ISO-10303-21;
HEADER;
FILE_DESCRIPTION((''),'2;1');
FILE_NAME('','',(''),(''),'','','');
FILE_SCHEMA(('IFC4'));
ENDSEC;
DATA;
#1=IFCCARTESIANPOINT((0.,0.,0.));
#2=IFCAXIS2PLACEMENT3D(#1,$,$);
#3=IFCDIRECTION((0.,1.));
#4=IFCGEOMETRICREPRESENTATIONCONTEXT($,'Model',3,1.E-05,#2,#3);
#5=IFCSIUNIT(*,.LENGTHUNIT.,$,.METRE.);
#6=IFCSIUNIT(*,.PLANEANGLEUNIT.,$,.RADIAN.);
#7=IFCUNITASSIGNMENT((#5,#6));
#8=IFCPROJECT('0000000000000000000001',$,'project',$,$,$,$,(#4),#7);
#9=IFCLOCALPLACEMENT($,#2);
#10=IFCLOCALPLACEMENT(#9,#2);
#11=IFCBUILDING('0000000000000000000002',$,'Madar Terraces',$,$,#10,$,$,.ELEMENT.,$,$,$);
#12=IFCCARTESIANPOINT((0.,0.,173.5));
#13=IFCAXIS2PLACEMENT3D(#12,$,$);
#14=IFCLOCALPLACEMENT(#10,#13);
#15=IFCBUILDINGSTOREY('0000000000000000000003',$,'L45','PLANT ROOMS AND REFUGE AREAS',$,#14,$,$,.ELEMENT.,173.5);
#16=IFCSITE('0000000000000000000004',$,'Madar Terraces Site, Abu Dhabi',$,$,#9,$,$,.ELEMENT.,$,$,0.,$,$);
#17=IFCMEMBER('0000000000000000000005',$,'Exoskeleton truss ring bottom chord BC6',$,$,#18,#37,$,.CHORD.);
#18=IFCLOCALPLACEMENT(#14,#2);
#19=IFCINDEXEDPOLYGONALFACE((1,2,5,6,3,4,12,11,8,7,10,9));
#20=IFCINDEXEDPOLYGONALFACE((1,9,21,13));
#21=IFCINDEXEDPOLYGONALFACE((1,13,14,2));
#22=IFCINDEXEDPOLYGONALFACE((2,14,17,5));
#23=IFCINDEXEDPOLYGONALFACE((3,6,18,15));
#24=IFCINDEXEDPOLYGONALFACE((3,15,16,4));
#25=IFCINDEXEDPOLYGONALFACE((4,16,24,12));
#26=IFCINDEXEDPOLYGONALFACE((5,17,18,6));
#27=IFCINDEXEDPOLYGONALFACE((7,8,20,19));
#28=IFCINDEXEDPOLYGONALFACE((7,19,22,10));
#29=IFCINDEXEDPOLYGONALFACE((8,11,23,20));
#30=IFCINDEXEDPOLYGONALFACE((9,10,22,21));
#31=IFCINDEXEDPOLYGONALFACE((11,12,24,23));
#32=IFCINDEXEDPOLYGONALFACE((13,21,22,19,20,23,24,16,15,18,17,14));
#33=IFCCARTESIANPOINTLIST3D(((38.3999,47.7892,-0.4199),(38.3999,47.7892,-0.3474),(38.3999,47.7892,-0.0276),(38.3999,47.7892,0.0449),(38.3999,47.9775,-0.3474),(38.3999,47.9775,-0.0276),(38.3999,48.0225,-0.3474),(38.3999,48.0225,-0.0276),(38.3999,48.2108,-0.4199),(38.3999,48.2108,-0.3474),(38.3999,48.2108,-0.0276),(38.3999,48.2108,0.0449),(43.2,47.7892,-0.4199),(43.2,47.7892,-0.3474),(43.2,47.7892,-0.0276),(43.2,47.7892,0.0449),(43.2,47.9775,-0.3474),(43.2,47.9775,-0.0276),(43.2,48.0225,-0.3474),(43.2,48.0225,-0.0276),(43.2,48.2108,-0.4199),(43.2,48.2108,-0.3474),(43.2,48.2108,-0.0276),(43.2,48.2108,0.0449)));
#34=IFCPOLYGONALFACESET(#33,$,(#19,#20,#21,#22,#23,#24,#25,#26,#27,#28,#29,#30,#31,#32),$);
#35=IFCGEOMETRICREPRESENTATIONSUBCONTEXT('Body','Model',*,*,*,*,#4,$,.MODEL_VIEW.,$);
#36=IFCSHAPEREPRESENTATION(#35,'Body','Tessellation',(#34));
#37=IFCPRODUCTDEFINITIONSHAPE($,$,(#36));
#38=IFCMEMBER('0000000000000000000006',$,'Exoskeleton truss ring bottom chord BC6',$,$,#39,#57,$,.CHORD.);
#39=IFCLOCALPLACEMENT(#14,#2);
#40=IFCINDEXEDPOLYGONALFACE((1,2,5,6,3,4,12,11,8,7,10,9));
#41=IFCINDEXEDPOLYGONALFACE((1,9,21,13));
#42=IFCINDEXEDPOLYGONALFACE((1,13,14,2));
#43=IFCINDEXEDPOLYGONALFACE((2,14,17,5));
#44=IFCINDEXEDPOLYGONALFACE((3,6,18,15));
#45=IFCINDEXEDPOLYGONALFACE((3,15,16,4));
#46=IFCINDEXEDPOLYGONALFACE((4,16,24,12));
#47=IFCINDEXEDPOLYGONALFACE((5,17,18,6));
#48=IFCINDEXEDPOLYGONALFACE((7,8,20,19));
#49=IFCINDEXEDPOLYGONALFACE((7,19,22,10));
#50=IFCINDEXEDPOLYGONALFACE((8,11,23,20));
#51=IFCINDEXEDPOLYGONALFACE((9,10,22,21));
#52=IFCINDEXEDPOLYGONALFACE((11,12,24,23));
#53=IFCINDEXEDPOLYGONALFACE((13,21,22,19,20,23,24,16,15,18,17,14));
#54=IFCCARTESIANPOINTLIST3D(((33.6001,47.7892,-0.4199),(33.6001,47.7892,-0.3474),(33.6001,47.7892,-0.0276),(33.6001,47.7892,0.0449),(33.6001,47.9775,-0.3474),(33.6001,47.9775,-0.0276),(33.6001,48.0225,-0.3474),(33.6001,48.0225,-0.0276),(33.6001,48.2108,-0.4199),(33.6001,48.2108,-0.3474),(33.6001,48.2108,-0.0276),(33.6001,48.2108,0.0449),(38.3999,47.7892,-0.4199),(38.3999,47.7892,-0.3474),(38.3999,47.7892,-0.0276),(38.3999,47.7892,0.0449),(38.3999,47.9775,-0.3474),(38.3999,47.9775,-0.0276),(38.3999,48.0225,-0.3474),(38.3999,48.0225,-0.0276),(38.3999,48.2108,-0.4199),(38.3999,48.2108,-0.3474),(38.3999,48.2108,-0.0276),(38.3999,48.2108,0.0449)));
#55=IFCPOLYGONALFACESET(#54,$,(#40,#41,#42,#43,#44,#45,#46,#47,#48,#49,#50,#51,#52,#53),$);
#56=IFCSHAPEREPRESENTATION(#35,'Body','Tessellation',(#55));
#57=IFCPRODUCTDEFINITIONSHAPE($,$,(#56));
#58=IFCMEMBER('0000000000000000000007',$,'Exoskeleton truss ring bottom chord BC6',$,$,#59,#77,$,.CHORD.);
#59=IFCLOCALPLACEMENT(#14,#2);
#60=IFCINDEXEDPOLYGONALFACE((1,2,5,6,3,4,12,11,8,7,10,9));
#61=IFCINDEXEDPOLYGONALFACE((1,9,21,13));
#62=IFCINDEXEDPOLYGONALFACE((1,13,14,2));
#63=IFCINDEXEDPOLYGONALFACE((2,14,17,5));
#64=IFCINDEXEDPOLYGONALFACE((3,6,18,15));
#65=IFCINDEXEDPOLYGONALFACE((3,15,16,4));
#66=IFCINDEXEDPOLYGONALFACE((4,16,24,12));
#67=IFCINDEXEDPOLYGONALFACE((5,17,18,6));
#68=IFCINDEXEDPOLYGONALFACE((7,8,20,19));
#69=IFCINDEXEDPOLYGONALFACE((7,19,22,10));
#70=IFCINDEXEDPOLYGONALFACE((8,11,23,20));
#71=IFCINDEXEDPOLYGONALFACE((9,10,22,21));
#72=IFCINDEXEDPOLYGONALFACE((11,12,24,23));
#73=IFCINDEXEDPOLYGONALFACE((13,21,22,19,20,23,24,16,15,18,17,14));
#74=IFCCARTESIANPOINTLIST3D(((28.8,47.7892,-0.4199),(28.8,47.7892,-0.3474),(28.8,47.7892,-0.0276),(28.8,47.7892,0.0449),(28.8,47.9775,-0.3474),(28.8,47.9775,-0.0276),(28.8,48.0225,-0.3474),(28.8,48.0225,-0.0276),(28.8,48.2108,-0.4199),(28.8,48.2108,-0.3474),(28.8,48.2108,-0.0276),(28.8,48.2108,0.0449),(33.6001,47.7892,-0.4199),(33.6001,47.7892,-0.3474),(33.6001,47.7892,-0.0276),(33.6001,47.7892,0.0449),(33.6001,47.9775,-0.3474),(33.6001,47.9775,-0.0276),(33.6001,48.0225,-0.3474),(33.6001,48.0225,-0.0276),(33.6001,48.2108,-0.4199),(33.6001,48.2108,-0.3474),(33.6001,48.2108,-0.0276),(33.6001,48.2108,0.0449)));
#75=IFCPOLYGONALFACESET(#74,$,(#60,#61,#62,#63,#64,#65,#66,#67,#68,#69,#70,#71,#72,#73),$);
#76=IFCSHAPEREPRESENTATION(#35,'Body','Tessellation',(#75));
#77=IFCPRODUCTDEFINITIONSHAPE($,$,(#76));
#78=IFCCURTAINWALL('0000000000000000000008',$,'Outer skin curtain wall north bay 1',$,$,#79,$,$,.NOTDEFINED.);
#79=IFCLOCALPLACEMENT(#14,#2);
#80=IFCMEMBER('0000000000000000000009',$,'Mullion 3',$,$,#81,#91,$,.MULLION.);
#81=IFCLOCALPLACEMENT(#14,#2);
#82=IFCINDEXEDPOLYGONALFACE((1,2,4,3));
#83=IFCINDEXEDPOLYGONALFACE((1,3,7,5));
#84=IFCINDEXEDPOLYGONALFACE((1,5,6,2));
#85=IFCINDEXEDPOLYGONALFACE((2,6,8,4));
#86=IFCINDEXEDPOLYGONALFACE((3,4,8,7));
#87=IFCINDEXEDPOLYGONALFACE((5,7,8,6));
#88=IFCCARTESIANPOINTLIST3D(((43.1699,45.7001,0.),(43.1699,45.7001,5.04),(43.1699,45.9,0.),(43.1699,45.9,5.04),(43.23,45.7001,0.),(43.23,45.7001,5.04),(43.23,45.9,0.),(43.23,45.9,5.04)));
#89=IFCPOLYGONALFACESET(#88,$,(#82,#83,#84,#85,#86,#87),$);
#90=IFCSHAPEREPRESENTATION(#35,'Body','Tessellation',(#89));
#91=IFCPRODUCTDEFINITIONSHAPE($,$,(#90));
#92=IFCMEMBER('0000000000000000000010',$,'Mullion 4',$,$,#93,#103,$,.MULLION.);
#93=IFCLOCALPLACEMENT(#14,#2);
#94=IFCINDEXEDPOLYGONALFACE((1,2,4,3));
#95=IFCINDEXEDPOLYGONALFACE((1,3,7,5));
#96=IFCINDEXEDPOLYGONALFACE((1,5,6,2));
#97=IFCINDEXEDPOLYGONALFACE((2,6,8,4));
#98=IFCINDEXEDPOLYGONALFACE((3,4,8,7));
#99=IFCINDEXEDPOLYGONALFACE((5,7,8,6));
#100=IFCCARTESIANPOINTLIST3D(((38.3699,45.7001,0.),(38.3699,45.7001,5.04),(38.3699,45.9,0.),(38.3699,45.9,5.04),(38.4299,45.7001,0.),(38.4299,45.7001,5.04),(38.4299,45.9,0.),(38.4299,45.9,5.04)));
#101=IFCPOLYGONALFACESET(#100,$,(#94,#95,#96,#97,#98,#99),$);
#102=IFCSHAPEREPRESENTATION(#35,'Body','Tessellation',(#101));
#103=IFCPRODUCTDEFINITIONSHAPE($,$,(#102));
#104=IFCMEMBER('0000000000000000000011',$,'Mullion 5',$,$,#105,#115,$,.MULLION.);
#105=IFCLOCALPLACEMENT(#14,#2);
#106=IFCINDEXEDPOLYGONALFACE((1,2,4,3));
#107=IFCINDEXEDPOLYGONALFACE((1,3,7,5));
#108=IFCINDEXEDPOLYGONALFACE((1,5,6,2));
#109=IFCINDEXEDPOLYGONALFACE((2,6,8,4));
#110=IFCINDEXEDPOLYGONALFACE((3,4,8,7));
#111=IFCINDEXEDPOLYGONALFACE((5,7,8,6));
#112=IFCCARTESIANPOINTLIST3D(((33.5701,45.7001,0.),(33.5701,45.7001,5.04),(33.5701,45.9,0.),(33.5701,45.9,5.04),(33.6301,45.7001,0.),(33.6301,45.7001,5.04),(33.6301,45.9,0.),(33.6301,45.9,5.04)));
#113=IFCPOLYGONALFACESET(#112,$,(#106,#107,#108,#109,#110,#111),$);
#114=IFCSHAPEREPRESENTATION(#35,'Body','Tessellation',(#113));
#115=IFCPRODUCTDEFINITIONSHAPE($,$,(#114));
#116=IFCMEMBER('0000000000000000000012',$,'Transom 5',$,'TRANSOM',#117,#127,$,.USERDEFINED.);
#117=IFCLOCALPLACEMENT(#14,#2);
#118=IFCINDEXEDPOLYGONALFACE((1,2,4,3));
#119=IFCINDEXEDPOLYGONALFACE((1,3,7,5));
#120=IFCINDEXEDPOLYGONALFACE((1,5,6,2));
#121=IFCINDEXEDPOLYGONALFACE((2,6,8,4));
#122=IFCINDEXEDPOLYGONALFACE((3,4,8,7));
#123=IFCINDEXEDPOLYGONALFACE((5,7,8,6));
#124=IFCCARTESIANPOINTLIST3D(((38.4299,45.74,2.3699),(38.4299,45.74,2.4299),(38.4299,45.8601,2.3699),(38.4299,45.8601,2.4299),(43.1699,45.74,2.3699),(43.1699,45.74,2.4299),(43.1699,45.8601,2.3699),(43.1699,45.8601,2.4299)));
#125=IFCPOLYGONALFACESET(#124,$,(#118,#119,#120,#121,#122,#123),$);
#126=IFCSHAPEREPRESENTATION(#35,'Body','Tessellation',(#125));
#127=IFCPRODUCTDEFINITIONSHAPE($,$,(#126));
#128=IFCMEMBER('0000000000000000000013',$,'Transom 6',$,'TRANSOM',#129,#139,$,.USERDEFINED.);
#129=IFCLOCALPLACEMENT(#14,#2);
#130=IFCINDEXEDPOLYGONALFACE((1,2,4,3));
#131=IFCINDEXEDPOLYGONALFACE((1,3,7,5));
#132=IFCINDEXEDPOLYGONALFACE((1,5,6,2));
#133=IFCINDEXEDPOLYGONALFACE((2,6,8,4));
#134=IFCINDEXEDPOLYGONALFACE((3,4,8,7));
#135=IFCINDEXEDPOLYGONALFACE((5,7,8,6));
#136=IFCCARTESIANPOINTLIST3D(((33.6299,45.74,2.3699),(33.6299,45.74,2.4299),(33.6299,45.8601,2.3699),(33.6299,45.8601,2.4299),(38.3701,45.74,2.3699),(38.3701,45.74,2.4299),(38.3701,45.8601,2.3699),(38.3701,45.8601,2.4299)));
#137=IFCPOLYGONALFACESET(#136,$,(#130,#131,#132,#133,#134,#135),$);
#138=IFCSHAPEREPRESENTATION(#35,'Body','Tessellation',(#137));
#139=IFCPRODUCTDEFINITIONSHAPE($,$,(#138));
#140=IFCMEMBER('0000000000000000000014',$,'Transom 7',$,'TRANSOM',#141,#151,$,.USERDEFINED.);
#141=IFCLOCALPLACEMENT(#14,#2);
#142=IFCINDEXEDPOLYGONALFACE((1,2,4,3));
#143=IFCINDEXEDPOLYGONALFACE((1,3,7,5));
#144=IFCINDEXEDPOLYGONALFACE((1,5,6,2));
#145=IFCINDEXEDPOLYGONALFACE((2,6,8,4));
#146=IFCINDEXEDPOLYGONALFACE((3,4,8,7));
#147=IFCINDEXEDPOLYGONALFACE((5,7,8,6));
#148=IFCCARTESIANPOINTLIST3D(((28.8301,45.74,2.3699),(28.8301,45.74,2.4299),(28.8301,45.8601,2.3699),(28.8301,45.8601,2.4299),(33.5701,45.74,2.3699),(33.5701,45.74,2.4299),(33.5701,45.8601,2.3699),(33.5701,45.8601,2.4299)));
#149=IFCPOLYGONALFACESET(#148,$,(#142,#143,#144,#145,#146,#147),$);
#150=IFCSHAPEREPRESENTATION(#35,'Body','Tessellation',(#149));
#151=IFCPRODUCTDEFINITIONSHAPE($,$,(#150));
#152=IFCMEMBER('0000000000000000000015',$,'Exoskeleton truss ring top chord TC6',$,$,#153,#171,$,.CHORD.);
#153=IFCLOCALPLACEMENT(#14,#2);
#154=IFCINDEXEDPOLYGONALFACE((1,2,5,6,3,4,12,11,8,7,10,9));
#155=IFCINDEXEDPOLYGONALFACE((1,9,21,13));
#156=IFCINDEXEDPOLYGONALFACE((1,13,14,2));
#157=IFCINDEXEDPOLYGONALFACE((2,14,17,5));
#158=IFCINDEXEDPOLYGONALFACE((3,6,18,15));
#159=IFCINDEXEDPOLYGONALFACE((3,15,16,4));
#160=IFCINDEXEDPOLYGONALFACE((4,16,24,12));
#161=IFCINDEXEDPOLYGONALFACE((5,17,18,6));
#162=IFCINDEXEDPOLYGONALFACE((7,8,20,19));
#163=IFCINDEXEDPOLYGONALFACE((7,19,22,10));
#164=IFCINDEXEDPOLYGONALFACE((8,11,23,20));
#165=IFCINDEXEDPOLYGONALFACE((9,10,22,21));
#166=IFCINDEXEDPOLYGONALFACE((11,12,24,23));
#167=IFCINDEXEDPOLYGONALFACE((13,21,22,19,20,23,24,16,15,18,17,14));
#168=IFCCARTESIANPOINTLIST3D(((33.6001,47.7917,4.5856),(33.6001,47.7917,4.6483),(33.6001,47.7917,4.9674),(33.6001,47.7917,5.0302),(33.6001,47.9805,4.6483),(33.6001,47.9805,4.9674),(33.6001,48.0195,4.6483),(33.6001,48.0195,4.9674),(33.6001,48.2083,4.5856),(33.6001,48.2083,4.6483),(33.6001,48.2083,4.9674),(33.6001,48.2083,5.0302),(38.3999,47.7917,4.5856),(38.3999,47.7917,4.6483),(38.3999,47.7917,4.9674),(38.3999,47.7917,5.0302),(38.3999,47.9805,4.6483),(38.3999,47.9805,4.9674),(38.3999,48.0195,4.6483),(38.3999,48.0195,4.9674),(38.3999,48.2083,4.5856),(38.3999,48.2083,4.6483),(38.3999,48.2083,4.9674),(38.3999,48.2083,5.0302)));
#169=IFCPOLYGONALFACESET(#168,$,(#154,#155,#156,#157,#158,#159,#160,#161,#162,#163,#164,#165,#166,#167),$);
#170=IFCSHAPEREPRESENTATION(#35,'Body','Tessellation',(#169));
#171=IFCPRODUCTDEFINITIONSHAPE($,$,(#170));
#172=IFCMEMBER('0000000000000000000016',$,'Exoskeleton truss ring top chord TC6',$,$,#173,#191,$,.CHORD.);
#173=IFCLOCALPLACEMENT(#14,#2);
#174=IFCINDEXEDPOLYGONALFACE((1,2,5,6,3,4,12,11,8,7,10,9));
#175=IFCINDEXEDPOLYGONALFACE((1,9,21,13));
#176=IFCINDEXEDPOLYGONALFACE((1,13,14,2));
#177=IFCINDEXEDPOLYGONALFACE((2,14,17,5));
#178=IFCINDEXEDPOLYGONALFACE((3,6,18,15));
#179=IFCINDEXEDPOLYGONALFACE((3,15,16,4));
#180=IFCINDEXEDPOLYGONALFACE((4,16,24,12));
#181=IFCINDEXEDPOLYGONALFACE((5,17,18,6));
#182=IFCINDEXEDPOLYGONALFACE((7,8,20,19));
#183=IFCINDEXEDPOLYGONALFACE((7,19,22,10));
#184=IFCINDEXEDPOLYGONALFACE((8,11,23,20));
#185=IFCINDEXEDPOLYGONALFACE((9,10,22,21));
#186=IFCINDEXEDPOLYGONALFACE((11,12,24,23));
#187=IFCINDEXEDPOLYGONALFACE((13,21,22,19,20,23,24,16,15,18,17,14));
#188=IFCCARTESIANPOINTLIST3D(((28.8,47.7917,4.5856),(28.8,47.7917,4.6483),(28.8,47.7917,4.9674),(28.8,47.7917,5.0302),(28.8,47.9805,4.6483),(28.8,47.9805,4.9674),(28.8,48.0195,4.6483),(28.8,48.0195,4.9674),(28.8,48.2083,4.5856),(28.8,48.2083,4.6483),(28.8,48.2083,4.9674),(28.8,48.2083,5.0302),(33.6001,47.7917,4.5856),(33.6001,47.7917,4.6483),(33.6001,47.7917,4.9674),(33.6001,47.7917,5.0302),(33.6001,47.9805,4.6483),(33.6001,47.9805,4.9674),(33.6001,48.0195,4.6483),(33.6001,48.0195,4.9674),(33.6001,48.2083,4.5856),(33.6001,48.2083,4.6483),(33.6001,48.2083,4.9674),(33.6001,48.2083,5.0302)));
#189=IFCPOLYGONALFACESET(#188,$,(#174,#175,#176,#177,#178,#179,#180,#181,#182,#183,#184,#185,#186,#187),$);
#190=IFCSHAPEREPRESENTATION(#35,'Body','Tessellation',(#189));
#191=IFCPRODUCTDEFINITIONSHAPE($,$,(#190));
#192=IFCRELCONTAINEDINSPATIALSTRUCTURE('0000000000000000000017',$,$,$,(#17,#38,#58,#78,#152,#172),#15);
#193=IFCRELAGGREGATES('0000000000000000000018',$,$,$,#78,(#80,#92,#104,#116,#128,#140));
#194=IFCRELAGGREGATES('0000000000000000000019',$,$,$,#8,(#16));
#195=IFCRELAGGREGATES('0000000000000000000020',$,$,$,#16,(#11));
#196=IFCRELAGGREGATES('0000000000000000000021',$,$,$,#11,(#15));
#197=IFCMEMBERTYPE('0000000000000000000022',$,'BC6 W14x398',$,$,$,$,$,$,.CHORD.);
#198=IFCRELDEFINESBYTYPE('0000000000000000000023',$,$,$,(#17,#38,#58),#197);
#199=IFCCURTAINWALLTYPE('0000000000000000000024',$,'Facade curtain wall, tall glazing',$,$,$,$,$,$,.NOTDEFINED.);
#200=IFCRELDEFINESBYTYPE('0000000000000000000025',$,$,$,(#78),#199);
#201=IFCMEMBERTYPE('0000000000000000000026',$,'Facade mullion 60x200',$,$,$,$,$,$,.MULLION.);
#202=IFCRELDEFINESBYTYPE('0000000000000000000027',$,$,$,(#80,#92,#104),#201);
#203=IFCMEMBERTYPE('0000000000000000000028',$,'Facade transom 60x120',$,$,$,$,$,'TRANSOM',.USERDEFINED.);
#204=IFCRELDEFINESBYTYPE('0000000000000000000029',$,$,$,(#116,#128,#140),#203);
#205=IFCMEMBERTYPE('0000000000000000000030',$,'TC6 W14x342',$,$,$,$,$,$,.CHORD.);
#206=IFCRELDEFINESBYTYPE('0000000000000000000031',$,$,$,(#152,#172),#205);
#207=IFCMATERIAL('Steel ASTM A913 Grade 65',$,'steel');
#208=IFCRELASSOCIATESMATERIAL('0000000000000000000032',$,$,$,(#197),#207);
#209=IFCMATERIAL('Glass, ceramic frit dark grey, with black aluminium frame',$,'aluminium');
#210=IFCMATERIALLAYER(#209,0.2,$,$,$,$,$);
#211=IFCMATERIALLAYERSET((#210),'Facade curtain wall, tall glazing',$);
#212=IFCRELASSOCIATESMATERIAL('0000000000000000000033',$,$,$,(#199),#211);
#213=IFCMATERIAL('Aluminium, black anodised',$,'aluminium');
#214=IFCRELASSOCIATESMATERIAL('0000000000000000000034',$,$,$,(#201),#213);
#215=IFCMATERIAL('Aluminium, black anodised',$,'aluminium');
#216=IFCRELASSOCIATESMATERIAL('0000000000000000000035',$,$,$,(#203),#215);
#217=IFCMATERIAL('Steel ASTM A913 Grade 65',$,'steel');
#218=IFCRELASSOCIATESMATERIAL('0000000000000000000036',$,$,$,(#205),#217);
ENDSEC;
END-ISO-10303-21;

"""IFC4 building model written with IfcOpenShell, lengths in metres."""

from ifc_helpers import new_model, si_unit, direction, frame, origin, origin_2d, place, context, subcontext, project, spatial, rectangle, i_section, extrude, material, layer, layer_set, material_profile, profile_set, type_object, element, aggregate, save


model = new_model("IFC4")

# Units and contexts
model_context = context("Model", 3, precision=1e-05, world=origin(), true_north=direction((0.0, 1.0)))
body_context = subcontext(model_context, "Body", "Model", "MODEL_VIEW")
ifc_project = project(units=[si_unit("LENGTHUNIT", "METRE"), si_unit("PLANEANGLEUNIT", "RADIAN")], contexts=[model_context])

# Site, building, storey
site_placement = place(None, origin())
site = spatial("IfcSite", under=ifc_project, at=site_placement, Name="Madar Terraces Site, Abu Dhabi", CompositionType="ELEMENT", RefElevation=0.0)
building_placement = place(site_placement, origin())
building = spatial("IfcBuilding", under=site, at=building_placement, Name="Madar Terraces", CompositionType="ELEMENT")
storey_placement = place(building_placement, frame((0.0, 0.0, 173.5)))
storey = spatial("IfcBuildingStorey", under=building, at=storey_placement, Name="L45", Description="PLANT ROOMS AND REFUGE AREAS", CompositionType="ELEMENT", Elevation=173.5)

# Members
ifc_material_1 = material(Name="Steel ASTM A913 Grade 65", Category="steel")
ifc_material_profile_1 = material_profile(ifc_material_1, i_section(OverallWidth=0.4216, OverallDepth=0.4648, WebThickness=0.0449, FlangeThickness=0.0725, at=origin_2d()), Name="W14x398")
ifc_profile_set_1 = profile_set([ifc_material_profile_1], Name="Steel ASTM A913 Grade 65")
member_type_1 = type_object("IfcMemberType", Name="BC6 W14x398", PredefinedType="CHORD", material=ifc_profile_set_1)
member_1_placement = place(storey_placement, frame((43.2, 48.0, -0.1875), z_axis=(-1.0, 0.0, 0.0), x_axis=(0.0, -1.0, 0.0)))
element("IfcMember", 1, at=member_1_placement, inside=storey, type_object=member_type_1, Name="Exoskeleton truss ring bottom chord BC6", PredefinedType="CHORD", context=body_context, shape_type="SweptSolid", body=[
    extrude(i_section(OverallWidth=0.4216, OverallDepth=0.4648, WebThickness=0.0449, FlangeThickness=0.0725, at=origin_2d()), origin(), (0.0, 0.0, 1.0), 4.8),
])
member_2_placement = place(storey_placement, frame((38.3999, 48.0, -0.1875), z_axis=(-1.0, 0.0, 0.0), x_axis=(0.0, -1.0, 0.0)))
element("IfcMember", 2, at=member_2_placement, inside=storey, type_object=member_type_1, Name="Exoskeleton truss ring bottom chord BC6", PredefinedType="CHORD", context=body_context, shape_type="SweptSolid", body=[
    extrude(i_section(OverallWidth=0.4216, OverallDepth=0.4648, WebThickness=0.0449, FlangeThickness=0.0725, at=origin_2d()), origin(), (0.0, 0.0, 1.0), 4.7998),
])
member_3_placement = place(storey_placement, frame((33.6001, 48.0, -0.1875), z_axis=(-1.0, 0.0, 0.0), x_axis=(0.0, -1.0, 0.0)))
element("IfcMember", 3, at=member_3_placement, inside=storey, type_object=member_type_1, Name="Exoskeleton truss ring bottom chord BC6", PredefinedType="CHORD", context=body_context, shape_type="SweptSolid", body=[
    extrude(i_section(OverallWidth=0.4216, OverallDepth=0.4648, WebThickness=0.0449, FlangeThickness=0.0725, at=origin_2d()), origin(), (0.0, 0.0, 1.0), 4.8),
])

# Curtain wall, members
ifc_material_2 = material(Name="Glass, ceramic frit dark grey, with black aluminium frame", Category="aluminium")
ifc_layer_1 = layer(ifc_material_2, 0.2)
ifc_layer_set_1 = layer_set([ifc_layer_1], Name="Facade curtain wall, tall glazing")
curtain_wall_type = type_object("IfcCurtainWallType", Name="Facade curtain wall, tall glazing", PredefinedType="NOTDEFINED", material=ifc_layer_set_1)
curtain_wall_placement = place(storey_placement, origin())
curtain_wall = element("IfcCurtainWall", 4, at=curtain_wall_placement, inside=storey, type_object=curtain_wall_type, Name="Outer skin curtain wall north bay 1", PredefinedType="NOTDEFINED")
ifc_material_3 = material(Name="Aluminium, black anodised", Category="aluminium")
ifc_material_profile_2 = material_profile(ifc_material_3, rectangle(XDim=0.2, YDim=0.0601, at=origin_2d()), Name="Facade mullion 60x200")
ifc_profile_set_2 = profile_set([ifc_material_profile_2], Name="Aluminium, black anodised")
member_type_2 = type_object("IfcMemberType", Name="Facade mullion 60x200", PredefinedType="MULLION", material=ifc_profile_set_2)
member_4_placement = place(storey_placement, frame((43.2, 45.8, 0.0), z_axis=(0.0, 0.0, 1.0), x_axis=(0.0, -1.0, 0.0)))
member_4 = element("IfcMember", 5, at=member_4_placement, type_object=member_type_2, Name="Mullion 3", PredefinedType="MULLION", context=body_context, shape_type="SweptSolid", body=[
    extrude(rectangle(XDim=0.2, YDim=0.0601, at=origin_2d()), origin(), (0.0, 0.0, 1.0), 5.04),
])
member_5_placement = place(storey_placement, frame((38.3999, 45.8, 0.0), z_axis=(0.0, 0.0, 1.0), x_axis=(0.0, -1.0, 0.0)))
member_5 = element("IfcMember", 6, at=member_5_placement, type_object=member_type_2, Name="Mullion 4", PredefinedType="MULLION", context=body_context, shape_type="SweptSolid", body=[
    extrude(rectangle(XDim=0.2, YDim=0.0601, at=origin_2d()), origin(), (0.0, 0.0, 1.0), 5.04),
])
member_6_placement = place(storey_placement, frame((33.6001, 45.8, 0.0), z_axis=(0.0, 0.0, 1.0), x_axis=(0.0, -1.0, 0.0)))
member_6 = element("IfcMember", 7, at=member_6_placement, type_object=member_type_2, Name="Mullion 5", PredefinedType="MULLION", context=body_context, shape_type="SweptSolid", body=[
    extrude(rectangle(XDim=0.2, YDim=0.0601, at=origin_2d()), origin(), (0.0, 0.0, 1.0), 5.04),
])
ifc_material_4 = material(Name="Aluminium, black anodised", Category="aluminium")
ifc_material_profile_3 = material_profile(ifc_material_4, rectangle(XDim=0.1201, YDim=0.0601, at=origin_2d()), Name="Facade transom 60x120")
ifc_profile_set_3 = profile_set([ifc_material_profile_3], Name="Aluminium, black anodised")
member_type_3 = type_object("IfcMemberType", Name="Facade transom 60x120", ElementType="TRANSOM", PredefinedType="USERDEFINED", material=ifc_profile_set_3)
member_7_placement = place(storey_placement, frame((43.1699, 45.8, 2.3999), z_axis=(-1.0, 0.0, 0.0), x_axis=(0.0, -1.0, 0.0)))
member_7 = element("IfcMember", 8, at=member_7_placement, type_object=member_type_3, Name="Transom 5", ObjectType="TRANSOM", PredefinedType="USERDEFINED", context=body_context, shape_type="SweptSolid", body=[
    extrude(rectangle(XDim=0.1201, YDim=0.0601, at=origin_2d()), origin(), (0.0, 0.0, 1.0), 4.74),
])
member_8_placement = place(storey_placement, frame((38.3701, 45.8, 2.3999), z_axis=(-1.0, 0.0, 0.0), x_axis=(0.0, -1.0, 0.0)))
member_8 = element("IfcMember", 9, at=member_8_placement, type_object=member_type_3, Name="Transom 6", ObjectType="TRANSOM", PredefinedType="USERDEFINED", context=body_context, shape_type="SweptSolid", body=[
    extrude(rectangle(XDim=0.1201, YDim=0.0601, at=origin_2d()), origin(), (0.0, 0.0, 1.0), 4.7402),
])
member_9_placement = place(storey_placement, frame((33.5701, 45.8, 2.3999), z_axis=(-1.0, 0.0, 0.0), x_axis=(0.0, -1.0, 0.0)))
member_9 = element("IfcMember", 10, at=member_9_placement, type_object=member_type_3, Name="Transom 7", ObjectType="TRANSOM", PredefinedType="USERDEFINED", context=body_context, shape_type="SweptSolid", body=[
    extrude(rectangle(XDim=0.1201, YDim=0.0601, at=origin_2d()), origin(), (0.0, 0.0, 1.0), 4.74),
])

# Members
ifc_material_5 = material(Name="Steel ASTM A913 Grade 65", Category="steel")
ifc_material_profile_4 = material_profile(ifc_material_5, i_section(OverallWidth=0.4165, OverallDepth=0.4446, WebThickness=0.0391, FlangeThickness=0.0627, at=origin_2d()), Name="W14x342")
ifc_profile_set_4 = profile_set([ifc_material_profile_4], Name="Steel ASTM A913 Grade 65")
member_type_4 = type_object("IfcMemberType", Name="TC6 W14x342", PredefinedType="CHORD", material=ifc_profile_set_4)
member_10_placement = place(storey_placement, frame((38.3999, 48.0, 4.8079), z_axis=(-1.0, 0.0, 0.0), x_axis=(0.0, -1.0, 0.0)))
element("IfcMember", 11, at=member_10_placement, inside=storey, type_object=member_type_4, Name="Exoskeleton truss ring top chord TC6", PredefinedType="CHORD", context=body_context, shape_type="SweptSolid", body=[
    extrude(i_section(OverallWidth=0.4165, OverallDepth=0.4446, WebThickness=0.0391, FlangeThickness=0.0627, at=origin_2d()), origin(), (0.0, 0.0, 1.0), 4.7998),
])
member_11_placement = place(storey_placement, frame((33.6001, 48.0, 4.8079), z_axis=(-1.0, 0.0, 0.0), x_axis=(0.0, -1.0, 0.0)))
element("IfcMember", 12, at=member_11_placement, inside=storey, type_object=member_type_4, Name="Exoskeleton truss ring top chord TC6", PredefinedType="CHORD", context=body_context, shape_type="SweptSolid", body=[
    extrude(i_section(OverallWidth=0.4165, OverallDepth=0.4446, WebThickness=0.0391, FlangeThickness=0.0627, at=origin_2d()), origin(), (0.0, 0.0, 1.0), 4.8),
])

aggregate(curtain_wall, [member_4, member_5, member_6, member_7, member_8, member_9])

save(model, "model.ifc")
